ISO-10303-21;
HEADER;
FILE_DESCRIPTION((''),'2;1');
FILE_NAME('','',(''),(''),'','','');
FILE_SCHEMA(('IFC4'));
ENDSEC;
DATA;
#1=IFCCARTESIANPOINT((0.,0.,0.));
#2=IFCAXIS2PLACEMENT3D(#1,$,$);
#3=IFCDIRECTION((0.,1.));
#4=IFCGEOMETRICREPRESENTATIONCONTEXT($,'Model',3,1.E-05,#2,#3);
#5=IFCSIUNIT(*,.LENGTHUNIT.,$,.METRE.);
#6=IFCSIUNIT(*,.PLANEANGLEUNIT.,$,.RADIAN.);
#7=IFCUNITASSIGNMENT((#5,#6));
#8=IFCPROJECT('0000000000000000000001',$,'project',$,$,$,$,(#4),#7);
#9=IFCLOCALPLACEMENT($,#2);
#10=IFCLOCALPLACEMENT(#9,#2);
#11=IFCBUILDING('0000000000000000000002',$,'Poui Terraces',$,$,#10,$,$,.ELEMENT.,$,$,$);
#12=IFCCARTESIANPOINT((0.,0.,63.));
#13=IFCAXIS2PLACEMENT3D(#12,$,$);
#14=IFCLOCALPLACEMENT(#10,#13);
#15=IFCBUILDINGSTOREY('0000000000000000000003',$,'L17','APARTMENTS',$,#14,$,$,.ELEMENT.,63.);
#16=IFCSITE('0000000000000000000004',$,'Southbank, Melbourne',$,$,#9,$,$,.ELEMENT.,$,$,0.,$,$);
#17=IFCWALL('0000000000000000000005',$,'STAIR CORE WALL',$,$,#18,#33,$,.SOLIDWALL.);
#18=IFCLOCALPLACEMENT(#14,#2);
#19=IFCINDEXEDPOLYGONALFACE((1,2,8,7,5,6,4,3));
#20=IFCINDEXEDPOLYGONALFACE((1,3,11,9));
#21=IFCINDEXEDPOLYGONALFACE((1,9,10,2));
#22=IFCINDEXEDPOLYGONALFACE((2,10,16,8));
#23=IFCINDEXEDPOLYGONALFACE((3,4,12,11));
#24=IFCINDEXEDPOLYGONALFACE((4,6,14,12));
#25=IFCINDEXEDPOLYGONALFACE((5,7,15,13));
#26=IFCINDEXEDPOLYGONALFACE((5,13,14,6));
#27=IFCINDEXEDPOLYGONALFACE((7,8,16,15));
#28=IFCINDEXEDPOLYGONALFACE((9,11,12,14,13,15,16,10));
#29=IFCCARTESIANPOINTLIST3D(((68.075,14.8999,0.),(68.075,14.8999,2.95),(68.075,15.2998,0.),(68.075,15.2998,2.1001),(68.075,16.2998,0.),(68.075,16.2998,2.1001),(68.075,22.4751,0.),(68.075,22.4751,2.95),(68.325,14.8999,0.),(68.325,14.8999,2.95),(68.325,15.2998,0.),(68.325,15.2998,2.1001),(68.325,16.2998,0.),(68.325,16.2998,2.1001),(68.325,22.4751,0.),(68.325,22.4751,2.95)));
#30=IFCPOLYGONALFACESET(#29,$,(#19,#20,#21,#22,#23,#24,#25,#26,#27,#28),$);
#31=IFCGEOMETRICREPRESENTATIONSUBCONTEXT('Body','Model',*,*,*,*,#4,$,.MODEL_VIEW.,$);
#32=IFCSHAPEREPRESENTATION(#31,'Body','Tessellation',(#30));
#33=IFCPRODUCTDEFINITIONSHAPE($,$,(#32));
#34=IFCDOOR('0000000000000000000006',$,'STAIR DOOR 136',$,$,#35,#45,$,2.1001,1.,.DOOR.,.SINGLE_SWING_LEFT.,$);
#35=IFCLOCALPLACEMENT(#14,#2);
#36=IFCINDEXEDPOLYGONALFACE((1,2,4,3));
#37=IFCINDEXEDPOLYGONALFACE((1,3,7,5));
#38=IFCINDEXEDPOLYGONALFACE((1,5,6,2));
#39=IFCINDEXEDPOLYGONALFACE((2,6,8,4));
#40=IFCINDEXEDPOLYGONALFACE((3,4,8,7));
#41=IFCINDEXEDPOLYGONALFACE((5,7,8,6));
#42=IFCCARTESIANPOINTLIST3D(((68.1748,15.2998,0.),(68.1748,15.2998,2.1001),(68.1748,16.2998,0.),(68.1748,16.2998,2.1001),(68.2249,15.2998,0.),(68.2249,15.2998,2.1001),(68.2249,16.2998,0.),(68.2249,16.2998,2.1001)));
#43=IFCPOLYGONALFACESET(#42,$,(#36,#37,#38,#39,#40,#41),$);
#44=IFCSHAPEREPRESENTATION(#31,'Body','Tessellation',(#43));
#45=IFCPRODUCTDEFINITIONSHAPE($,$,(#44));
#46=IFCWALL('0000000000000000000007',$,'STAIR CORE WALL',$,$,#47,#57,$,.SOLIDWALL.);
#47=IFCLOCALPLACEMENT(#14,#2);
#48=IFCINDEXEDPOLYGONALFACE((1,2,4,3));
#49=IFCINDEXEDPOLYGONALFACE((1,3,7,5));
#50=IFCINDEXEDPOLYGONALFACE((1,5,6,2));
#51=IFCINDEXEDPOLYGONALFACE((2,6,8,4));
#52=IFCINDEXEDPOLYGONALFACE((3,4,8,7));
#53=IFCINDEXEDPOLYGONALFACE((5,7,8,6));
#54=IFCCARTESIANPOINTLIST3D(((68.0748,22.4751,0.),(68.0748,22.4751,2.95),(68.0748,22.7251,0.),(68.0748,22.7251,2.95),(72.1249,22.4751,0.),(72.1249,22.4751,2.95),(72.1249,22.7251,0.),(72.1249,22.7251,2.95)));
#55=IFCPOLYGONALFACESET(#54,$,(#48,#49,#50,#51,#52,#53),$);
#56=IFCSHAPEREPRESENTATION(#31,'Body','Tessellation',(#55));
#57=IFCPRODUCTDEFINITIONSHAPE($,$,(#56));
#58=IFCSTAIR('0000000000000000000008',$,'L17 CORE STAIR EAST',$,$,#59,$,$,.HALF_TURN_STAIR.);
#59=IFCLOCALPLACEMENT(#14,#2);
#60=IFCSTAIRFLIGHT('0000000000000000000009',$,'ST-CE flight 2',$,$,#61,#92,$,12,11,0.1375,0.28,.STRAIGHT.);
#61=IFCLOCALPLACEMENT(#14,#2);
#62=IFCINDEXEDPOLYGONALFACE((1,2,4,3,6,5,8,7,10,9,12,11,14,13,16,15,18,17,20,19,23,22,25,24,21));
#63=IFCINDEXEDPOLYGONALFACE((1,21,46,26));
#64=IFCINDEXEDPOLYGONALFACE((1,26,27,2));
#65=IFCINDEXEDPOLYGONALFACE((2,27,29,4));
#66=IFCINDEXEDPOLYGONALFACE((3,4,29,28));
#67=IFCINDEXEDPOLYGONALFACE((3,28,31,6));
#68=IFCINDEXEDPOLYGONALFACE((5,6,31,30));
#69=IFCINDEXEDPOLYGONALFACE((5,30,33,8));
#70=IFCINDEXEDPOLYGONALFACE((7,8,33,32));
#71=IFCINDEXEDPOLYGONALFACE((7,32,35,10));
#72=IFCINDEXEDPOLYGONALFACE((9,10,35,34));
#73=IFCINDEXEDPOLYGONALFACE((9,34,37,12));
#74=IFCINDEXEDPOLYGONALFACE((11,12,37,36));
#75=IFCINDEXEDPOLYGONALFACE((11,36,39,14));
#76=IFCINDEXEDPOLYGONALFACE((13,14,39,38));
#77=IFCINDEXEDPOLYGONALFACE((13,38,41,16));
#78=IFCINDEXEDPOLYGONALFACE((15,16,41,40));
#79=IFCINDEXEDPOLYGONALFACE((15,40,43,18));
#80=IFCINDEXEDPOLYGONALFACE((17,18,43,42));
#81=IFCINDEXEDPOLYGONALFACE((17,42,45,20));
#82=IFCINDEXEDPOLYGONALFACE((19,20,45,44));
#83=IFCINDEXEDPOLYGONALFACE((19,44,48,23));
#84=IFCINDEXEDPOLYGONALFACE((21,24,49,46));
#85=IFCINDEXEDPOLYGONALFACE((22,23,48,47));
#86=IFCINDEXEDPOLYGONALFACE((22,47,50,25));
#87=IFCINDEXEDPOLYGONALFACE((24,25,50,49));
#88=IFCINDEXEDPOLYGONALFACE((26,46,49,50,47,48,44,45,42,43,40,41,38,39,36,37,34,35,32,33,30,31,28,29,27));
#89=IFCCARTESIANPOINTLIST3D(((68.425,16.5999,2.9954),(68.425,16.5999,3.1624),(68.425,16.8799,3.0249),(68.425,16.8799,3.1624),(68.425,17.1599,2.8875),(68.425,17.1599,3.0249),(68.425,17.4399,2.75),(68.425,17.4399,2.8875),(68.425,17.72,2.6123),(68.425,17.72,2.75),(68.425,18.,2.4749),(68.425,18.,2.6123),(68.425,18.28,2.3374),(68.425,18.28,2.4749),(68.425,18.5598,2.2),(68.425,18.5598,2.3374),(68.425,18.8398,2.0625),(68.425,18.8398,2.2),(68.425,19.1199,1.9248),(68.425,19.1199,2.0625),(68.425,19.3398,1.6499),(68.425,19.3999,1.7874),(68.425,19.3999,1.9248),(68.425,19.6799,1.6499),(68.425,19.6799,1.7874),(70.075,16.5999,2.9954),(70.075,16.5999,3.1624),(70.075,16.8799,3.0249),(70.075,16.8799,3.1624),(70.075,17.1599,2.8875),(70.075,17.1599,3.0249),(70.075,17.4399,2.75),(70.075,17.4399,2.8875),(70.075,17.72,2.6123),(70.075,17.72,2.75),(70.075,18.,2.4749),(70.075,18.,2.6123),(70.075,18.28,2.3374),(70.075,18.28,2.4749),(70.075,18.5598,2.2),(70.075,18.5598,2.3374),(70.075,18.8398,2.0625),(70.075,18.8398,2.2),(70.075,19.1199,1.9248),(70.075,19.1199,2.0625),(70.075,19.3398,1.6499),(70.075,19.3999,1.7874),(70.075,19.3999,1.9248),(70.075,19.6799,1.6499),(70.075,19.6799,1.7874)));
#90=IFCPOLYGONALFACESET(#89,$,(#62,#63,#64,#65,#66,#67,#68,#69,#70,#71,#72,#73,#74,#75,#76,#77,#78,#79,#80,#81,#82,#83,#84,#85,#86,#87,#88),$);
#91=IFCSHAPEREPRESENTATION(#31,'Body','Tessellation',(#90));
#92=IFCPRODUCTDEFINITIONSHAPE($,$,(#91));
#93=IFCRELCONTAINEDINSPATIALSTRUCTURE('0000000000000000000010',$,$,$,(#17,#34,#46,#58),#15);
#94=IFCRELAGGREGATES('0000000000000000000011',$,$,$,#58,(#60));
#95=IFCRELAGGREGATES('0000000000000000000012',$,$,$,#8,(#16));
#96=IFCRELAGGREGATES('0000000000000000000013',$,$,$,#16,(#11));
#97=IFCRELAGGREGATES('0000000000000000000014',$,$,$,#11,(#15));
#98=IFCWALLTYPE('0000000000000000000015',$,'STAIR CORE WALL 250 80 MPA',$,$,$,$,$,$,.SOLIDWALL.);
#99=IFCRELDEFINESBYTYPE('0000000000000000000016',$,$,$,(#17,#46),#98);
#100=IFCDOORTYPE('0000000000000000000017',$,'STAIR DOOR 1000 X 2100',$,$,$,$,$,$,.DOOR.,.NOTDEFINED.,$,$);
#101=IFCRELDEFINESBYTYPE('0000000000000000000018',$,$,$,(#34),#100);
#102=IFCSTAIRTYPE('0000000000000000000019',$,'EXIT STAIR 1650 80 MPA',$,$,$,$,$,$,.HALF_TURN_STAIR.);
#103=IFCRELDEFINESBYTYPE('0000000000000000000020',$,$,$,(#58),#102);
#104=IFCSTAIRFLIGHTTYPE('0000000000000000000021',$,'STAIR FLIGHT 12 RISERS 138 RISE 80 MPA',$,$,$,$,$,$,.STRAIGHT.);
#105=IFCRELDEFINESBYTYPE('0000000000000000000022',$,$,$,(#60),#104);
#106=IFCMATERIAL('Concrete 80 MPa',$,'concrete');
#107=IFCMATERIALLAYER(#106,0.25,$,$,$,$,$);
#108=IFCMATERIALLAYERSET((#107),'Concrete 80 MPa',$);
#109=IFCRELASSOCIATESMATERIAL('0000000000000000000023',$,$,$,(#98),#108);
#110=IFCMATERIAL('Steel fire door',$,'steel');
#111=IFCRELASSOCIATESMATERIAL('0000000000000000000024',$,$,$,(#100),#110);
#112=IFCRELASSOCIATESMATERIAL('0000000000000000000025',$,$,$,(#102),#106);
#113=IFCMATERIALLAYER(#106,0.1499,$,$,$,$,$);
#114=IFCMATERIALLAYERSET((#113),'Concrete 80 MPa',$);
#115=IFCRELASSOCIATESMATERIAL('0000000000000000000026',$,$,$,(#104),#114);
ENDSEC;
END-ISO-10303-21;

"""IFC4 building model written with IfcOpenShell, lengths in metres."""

from ifc_helpers import new_model, si_unit, direction, frame, frame_2d, origin, place, context, subcontext, project, spatial, polyline, rectangle, outline, extrude, material, layer, layer_set, type_object, element, fill, aggregate, save


model = new_model("IFC4")

# Units and contexts
model_context = context("Model", 3, precision=1e-05, world=origin(), true_north=direction((0.0, 1.0)))
body_context = subcontext(model_context, "Body", "Model", "MODEL_VIEW")
ifc_project = project(units=[si_unit("LENGTHUNIT", "METRE"), si_unit("PLANEANGLEUNIT", "RADIAN")], contexts=[model_context])

# Site, building, storey
site_placement = place(None, origin())
site = spatial("IfcSite", under=ifc_project, at=site_placement, Name="Southbank, Melbourne", CompositionType="ELEMENT", RefElevation=0.0)
building_placement = place(site_placement, origin())
building = spatial("IfcBuilding", under=site, at=building_placement, Name="Poui Terraces", CompositionType="ELEMENT")
storey_placement = place(building_placement, frame((0.0, 0.0, 63.0)))
storey = spatial("IfcBuildingStorey", under=building, at=storey_placement, Name="L17", Description="APARTMENTS", CompositionType="ELEMENT", Elevation=63.0)

# Shared definitions
ifc_material_1 = material(Name="Concrete 80 MPa", Category="concrete")

# Shared definitions
ifc_material_2 = material(Name="Steel fire door", Category="steel")

# Wall, opening, door
ifc_layer_1 = layer(ifc_material_1, 0.25)
ifc_layer_set_1 = layer_set([ifc_layer_1], Name="Concrete 80 MPa")
wall_type_1 = type_object("IfcWallType", Name="STAIR CORE WALL 250 80 MPA", PredefinedType="SOLIDWALL", material=ifc_layer_set_1)
wall_1_placement = place(storey_placement, frame((68.2, 14.8999, 0.0), z_axis=(0.0, 0.0, 1.0), x_axis=(0.0, 1.0, 0.0)))
wall_1 = element("IfcWall", 1, at=wall_1_placement, inside=storey, type_object=wall_type_1, Name="STAIR CORE WALL", PredefinedType="SOLIDWALL", context=body_context, shape_type="SweptSolid", body=[
    extrude(rectangle(XDim=7.5752, YDim=0.25, at=frame_2d((3.7876, 0.0))), origin(), (0.0, 0.0, 1.0), 2.95),
])
opening_1_placement = place(wall_1_placement, frame((0.3999, 0.0, 0.0)))
opening_1 = element("IfcOpeningElement", 2, at=opening_1_placement, cuts=wall_1, PredefinedType="OPENING", context=body_context, shape_type="SweptSolid", body=[
    extrude(rectangle(XDim=1.0, YDim=2.1001, at=frame_2d((0.5, 1.05))), frame((0.0, 0.135, 0.0), z_axis=(0.0, -1.0, 0.0), x_axis=(1.0, 0.0, 0.0)), (0.0, 0.0, 1.0), 0.27),
])
door_type_1 = type_object("IfcDoorType", Name="STAIR DOOR 1000 X 2100", OperationType="NOTDEFINED", PredefinedType="DOOR", material=ifc_material_2)
door_1_placement = place(opening_1_placement, frame((1.0, 0.0, 0.0), z_axis=(0.0, 0.0, 1.0), x_axis=(-1.0, 0.0, 0.0)))
door_1 = element("IfcDoor", 3, at=door_1_placement, inside=storey, type_object=door_type_1, Name="STAIR DOOR 136", OperationType="SINGLE_SWING_LEFT", OverallHeight=2.1001, OverallWidth=1.0, PredefinedType="DOOR", context=body_context, shape_type="SweptSolid", body=[
    extrude(rectangle(XDim=1.0, YDim=2.1001, at=frame_2d((0.5, 1.05))), frame((0.0, 0.0249, 0.0), z_axis=(0.0, -1.0, 0.0), x_axis=(1.0, 0.0, 0.0)), (0.0, 0.0, 1.0), 0.05),
])
fill(opening_1, door_1)

# Wall
wall_2_placement = place(storey_placement, frame((68.075, 22.6001, 0.0), z_axis=(0.0, 0.0, 1.0), x_axis=(1.0, 0.0, 0.0)))
element("IfcWall", 4, at=wall_2_placement, inside=storey, type_object=wall_type_1, Name="STAIR CORE WALL", PredefinedType="SOLIDWALL", context=body_context, shape_type="SweptSolid", body=[
    extrude(rectangle(XDim=4.05, YDim=0.25, at=frame_2d((2.0249, 0.0))), origin(), (0.0, 0.0, 1.0), 2.95),
])

# Stair, stair flight
stair_type = type_object("IfcStairType", Name="EXIT STAIR 1650 80 MPA", PredefinedType="HALF_TURN_STAIR", material=ifc_material_1)
stair_placement = place(storey_placement, origin())
stair = element("IfcStair", 5, at=stair_placement, inside=storey, type_object=stair_type, Name="L17 CORE STAIR EAST", PredefinedType="HALF_TURN_STAIR")
ifc_layer_2 = layer(ifc_material_1, 0.1499)
ifc_layer_set_2 = layer_set([ifc_layer_2], Name="Concrete 80 MPa")
stair_flight_type = type_object("IfcStairFlightType", Name="STAIR FLIGHT 12 RISERS 138 RISE 80 MPA", PredefinedType="STRAIGHT", material=ifc_layer_set_2)
stair_flight_placement = place(storey_placement, frame((69.25, 19.6799, 1.6499), z_axis=(0.0, 0.0, 1.0), x_axis=(0.0, -1.0, 0.0)))
stair_flight = element("IfcStairFlight", 6, at=stair_flight_placement, type_object=stair_flight_type, Name="ST-CE flight 2", NumberOfRisers=12, NumberOfTreads=11, PredefinedType="STRAIGHT", RiserHeight=0.1375, TreadLength=0.28, context=body_context, shape_type="SweptSolid", body=[
    extrude(outline(polyline([(0.0, 0.0), (0.0, 0.1375), (0.28, 0.1375), (0.28, 0.2749), (0.5601, 0.2749), (0.5601, 0.4126), (0.8401, 0.4126), (0.8401, 0.55), (1.1201, 0.55), (1.1201, 0.6875), (1.3999, 0.6875), (1.3999, 0.825), (1.6799, 0.825), (1.6799, 0.9624), (1.96, 0.9624), (1.96, 1.1001), (2.24, 1.1001), (2.24, 1.2375), (2.52, 1.2375), (2.52, 1.375), (2.8, 1.375), (2.8, 1.5125), (3.0801, 1.5125), (3.0801, 1.6499), (3.0801, 1.3455), (0.3401, 0.0), (0.0, 0.0)])), frame((0.0, 0.825, 0.0), z_axis=(0.0, -1.0, 0.0), x_axis=(1.0, 0.0, 0.0)), (0.0, 0.0, 1.0), 1.6499),
])
aggregate(stair, [stair_flight])

save(model, "model.ifc")
